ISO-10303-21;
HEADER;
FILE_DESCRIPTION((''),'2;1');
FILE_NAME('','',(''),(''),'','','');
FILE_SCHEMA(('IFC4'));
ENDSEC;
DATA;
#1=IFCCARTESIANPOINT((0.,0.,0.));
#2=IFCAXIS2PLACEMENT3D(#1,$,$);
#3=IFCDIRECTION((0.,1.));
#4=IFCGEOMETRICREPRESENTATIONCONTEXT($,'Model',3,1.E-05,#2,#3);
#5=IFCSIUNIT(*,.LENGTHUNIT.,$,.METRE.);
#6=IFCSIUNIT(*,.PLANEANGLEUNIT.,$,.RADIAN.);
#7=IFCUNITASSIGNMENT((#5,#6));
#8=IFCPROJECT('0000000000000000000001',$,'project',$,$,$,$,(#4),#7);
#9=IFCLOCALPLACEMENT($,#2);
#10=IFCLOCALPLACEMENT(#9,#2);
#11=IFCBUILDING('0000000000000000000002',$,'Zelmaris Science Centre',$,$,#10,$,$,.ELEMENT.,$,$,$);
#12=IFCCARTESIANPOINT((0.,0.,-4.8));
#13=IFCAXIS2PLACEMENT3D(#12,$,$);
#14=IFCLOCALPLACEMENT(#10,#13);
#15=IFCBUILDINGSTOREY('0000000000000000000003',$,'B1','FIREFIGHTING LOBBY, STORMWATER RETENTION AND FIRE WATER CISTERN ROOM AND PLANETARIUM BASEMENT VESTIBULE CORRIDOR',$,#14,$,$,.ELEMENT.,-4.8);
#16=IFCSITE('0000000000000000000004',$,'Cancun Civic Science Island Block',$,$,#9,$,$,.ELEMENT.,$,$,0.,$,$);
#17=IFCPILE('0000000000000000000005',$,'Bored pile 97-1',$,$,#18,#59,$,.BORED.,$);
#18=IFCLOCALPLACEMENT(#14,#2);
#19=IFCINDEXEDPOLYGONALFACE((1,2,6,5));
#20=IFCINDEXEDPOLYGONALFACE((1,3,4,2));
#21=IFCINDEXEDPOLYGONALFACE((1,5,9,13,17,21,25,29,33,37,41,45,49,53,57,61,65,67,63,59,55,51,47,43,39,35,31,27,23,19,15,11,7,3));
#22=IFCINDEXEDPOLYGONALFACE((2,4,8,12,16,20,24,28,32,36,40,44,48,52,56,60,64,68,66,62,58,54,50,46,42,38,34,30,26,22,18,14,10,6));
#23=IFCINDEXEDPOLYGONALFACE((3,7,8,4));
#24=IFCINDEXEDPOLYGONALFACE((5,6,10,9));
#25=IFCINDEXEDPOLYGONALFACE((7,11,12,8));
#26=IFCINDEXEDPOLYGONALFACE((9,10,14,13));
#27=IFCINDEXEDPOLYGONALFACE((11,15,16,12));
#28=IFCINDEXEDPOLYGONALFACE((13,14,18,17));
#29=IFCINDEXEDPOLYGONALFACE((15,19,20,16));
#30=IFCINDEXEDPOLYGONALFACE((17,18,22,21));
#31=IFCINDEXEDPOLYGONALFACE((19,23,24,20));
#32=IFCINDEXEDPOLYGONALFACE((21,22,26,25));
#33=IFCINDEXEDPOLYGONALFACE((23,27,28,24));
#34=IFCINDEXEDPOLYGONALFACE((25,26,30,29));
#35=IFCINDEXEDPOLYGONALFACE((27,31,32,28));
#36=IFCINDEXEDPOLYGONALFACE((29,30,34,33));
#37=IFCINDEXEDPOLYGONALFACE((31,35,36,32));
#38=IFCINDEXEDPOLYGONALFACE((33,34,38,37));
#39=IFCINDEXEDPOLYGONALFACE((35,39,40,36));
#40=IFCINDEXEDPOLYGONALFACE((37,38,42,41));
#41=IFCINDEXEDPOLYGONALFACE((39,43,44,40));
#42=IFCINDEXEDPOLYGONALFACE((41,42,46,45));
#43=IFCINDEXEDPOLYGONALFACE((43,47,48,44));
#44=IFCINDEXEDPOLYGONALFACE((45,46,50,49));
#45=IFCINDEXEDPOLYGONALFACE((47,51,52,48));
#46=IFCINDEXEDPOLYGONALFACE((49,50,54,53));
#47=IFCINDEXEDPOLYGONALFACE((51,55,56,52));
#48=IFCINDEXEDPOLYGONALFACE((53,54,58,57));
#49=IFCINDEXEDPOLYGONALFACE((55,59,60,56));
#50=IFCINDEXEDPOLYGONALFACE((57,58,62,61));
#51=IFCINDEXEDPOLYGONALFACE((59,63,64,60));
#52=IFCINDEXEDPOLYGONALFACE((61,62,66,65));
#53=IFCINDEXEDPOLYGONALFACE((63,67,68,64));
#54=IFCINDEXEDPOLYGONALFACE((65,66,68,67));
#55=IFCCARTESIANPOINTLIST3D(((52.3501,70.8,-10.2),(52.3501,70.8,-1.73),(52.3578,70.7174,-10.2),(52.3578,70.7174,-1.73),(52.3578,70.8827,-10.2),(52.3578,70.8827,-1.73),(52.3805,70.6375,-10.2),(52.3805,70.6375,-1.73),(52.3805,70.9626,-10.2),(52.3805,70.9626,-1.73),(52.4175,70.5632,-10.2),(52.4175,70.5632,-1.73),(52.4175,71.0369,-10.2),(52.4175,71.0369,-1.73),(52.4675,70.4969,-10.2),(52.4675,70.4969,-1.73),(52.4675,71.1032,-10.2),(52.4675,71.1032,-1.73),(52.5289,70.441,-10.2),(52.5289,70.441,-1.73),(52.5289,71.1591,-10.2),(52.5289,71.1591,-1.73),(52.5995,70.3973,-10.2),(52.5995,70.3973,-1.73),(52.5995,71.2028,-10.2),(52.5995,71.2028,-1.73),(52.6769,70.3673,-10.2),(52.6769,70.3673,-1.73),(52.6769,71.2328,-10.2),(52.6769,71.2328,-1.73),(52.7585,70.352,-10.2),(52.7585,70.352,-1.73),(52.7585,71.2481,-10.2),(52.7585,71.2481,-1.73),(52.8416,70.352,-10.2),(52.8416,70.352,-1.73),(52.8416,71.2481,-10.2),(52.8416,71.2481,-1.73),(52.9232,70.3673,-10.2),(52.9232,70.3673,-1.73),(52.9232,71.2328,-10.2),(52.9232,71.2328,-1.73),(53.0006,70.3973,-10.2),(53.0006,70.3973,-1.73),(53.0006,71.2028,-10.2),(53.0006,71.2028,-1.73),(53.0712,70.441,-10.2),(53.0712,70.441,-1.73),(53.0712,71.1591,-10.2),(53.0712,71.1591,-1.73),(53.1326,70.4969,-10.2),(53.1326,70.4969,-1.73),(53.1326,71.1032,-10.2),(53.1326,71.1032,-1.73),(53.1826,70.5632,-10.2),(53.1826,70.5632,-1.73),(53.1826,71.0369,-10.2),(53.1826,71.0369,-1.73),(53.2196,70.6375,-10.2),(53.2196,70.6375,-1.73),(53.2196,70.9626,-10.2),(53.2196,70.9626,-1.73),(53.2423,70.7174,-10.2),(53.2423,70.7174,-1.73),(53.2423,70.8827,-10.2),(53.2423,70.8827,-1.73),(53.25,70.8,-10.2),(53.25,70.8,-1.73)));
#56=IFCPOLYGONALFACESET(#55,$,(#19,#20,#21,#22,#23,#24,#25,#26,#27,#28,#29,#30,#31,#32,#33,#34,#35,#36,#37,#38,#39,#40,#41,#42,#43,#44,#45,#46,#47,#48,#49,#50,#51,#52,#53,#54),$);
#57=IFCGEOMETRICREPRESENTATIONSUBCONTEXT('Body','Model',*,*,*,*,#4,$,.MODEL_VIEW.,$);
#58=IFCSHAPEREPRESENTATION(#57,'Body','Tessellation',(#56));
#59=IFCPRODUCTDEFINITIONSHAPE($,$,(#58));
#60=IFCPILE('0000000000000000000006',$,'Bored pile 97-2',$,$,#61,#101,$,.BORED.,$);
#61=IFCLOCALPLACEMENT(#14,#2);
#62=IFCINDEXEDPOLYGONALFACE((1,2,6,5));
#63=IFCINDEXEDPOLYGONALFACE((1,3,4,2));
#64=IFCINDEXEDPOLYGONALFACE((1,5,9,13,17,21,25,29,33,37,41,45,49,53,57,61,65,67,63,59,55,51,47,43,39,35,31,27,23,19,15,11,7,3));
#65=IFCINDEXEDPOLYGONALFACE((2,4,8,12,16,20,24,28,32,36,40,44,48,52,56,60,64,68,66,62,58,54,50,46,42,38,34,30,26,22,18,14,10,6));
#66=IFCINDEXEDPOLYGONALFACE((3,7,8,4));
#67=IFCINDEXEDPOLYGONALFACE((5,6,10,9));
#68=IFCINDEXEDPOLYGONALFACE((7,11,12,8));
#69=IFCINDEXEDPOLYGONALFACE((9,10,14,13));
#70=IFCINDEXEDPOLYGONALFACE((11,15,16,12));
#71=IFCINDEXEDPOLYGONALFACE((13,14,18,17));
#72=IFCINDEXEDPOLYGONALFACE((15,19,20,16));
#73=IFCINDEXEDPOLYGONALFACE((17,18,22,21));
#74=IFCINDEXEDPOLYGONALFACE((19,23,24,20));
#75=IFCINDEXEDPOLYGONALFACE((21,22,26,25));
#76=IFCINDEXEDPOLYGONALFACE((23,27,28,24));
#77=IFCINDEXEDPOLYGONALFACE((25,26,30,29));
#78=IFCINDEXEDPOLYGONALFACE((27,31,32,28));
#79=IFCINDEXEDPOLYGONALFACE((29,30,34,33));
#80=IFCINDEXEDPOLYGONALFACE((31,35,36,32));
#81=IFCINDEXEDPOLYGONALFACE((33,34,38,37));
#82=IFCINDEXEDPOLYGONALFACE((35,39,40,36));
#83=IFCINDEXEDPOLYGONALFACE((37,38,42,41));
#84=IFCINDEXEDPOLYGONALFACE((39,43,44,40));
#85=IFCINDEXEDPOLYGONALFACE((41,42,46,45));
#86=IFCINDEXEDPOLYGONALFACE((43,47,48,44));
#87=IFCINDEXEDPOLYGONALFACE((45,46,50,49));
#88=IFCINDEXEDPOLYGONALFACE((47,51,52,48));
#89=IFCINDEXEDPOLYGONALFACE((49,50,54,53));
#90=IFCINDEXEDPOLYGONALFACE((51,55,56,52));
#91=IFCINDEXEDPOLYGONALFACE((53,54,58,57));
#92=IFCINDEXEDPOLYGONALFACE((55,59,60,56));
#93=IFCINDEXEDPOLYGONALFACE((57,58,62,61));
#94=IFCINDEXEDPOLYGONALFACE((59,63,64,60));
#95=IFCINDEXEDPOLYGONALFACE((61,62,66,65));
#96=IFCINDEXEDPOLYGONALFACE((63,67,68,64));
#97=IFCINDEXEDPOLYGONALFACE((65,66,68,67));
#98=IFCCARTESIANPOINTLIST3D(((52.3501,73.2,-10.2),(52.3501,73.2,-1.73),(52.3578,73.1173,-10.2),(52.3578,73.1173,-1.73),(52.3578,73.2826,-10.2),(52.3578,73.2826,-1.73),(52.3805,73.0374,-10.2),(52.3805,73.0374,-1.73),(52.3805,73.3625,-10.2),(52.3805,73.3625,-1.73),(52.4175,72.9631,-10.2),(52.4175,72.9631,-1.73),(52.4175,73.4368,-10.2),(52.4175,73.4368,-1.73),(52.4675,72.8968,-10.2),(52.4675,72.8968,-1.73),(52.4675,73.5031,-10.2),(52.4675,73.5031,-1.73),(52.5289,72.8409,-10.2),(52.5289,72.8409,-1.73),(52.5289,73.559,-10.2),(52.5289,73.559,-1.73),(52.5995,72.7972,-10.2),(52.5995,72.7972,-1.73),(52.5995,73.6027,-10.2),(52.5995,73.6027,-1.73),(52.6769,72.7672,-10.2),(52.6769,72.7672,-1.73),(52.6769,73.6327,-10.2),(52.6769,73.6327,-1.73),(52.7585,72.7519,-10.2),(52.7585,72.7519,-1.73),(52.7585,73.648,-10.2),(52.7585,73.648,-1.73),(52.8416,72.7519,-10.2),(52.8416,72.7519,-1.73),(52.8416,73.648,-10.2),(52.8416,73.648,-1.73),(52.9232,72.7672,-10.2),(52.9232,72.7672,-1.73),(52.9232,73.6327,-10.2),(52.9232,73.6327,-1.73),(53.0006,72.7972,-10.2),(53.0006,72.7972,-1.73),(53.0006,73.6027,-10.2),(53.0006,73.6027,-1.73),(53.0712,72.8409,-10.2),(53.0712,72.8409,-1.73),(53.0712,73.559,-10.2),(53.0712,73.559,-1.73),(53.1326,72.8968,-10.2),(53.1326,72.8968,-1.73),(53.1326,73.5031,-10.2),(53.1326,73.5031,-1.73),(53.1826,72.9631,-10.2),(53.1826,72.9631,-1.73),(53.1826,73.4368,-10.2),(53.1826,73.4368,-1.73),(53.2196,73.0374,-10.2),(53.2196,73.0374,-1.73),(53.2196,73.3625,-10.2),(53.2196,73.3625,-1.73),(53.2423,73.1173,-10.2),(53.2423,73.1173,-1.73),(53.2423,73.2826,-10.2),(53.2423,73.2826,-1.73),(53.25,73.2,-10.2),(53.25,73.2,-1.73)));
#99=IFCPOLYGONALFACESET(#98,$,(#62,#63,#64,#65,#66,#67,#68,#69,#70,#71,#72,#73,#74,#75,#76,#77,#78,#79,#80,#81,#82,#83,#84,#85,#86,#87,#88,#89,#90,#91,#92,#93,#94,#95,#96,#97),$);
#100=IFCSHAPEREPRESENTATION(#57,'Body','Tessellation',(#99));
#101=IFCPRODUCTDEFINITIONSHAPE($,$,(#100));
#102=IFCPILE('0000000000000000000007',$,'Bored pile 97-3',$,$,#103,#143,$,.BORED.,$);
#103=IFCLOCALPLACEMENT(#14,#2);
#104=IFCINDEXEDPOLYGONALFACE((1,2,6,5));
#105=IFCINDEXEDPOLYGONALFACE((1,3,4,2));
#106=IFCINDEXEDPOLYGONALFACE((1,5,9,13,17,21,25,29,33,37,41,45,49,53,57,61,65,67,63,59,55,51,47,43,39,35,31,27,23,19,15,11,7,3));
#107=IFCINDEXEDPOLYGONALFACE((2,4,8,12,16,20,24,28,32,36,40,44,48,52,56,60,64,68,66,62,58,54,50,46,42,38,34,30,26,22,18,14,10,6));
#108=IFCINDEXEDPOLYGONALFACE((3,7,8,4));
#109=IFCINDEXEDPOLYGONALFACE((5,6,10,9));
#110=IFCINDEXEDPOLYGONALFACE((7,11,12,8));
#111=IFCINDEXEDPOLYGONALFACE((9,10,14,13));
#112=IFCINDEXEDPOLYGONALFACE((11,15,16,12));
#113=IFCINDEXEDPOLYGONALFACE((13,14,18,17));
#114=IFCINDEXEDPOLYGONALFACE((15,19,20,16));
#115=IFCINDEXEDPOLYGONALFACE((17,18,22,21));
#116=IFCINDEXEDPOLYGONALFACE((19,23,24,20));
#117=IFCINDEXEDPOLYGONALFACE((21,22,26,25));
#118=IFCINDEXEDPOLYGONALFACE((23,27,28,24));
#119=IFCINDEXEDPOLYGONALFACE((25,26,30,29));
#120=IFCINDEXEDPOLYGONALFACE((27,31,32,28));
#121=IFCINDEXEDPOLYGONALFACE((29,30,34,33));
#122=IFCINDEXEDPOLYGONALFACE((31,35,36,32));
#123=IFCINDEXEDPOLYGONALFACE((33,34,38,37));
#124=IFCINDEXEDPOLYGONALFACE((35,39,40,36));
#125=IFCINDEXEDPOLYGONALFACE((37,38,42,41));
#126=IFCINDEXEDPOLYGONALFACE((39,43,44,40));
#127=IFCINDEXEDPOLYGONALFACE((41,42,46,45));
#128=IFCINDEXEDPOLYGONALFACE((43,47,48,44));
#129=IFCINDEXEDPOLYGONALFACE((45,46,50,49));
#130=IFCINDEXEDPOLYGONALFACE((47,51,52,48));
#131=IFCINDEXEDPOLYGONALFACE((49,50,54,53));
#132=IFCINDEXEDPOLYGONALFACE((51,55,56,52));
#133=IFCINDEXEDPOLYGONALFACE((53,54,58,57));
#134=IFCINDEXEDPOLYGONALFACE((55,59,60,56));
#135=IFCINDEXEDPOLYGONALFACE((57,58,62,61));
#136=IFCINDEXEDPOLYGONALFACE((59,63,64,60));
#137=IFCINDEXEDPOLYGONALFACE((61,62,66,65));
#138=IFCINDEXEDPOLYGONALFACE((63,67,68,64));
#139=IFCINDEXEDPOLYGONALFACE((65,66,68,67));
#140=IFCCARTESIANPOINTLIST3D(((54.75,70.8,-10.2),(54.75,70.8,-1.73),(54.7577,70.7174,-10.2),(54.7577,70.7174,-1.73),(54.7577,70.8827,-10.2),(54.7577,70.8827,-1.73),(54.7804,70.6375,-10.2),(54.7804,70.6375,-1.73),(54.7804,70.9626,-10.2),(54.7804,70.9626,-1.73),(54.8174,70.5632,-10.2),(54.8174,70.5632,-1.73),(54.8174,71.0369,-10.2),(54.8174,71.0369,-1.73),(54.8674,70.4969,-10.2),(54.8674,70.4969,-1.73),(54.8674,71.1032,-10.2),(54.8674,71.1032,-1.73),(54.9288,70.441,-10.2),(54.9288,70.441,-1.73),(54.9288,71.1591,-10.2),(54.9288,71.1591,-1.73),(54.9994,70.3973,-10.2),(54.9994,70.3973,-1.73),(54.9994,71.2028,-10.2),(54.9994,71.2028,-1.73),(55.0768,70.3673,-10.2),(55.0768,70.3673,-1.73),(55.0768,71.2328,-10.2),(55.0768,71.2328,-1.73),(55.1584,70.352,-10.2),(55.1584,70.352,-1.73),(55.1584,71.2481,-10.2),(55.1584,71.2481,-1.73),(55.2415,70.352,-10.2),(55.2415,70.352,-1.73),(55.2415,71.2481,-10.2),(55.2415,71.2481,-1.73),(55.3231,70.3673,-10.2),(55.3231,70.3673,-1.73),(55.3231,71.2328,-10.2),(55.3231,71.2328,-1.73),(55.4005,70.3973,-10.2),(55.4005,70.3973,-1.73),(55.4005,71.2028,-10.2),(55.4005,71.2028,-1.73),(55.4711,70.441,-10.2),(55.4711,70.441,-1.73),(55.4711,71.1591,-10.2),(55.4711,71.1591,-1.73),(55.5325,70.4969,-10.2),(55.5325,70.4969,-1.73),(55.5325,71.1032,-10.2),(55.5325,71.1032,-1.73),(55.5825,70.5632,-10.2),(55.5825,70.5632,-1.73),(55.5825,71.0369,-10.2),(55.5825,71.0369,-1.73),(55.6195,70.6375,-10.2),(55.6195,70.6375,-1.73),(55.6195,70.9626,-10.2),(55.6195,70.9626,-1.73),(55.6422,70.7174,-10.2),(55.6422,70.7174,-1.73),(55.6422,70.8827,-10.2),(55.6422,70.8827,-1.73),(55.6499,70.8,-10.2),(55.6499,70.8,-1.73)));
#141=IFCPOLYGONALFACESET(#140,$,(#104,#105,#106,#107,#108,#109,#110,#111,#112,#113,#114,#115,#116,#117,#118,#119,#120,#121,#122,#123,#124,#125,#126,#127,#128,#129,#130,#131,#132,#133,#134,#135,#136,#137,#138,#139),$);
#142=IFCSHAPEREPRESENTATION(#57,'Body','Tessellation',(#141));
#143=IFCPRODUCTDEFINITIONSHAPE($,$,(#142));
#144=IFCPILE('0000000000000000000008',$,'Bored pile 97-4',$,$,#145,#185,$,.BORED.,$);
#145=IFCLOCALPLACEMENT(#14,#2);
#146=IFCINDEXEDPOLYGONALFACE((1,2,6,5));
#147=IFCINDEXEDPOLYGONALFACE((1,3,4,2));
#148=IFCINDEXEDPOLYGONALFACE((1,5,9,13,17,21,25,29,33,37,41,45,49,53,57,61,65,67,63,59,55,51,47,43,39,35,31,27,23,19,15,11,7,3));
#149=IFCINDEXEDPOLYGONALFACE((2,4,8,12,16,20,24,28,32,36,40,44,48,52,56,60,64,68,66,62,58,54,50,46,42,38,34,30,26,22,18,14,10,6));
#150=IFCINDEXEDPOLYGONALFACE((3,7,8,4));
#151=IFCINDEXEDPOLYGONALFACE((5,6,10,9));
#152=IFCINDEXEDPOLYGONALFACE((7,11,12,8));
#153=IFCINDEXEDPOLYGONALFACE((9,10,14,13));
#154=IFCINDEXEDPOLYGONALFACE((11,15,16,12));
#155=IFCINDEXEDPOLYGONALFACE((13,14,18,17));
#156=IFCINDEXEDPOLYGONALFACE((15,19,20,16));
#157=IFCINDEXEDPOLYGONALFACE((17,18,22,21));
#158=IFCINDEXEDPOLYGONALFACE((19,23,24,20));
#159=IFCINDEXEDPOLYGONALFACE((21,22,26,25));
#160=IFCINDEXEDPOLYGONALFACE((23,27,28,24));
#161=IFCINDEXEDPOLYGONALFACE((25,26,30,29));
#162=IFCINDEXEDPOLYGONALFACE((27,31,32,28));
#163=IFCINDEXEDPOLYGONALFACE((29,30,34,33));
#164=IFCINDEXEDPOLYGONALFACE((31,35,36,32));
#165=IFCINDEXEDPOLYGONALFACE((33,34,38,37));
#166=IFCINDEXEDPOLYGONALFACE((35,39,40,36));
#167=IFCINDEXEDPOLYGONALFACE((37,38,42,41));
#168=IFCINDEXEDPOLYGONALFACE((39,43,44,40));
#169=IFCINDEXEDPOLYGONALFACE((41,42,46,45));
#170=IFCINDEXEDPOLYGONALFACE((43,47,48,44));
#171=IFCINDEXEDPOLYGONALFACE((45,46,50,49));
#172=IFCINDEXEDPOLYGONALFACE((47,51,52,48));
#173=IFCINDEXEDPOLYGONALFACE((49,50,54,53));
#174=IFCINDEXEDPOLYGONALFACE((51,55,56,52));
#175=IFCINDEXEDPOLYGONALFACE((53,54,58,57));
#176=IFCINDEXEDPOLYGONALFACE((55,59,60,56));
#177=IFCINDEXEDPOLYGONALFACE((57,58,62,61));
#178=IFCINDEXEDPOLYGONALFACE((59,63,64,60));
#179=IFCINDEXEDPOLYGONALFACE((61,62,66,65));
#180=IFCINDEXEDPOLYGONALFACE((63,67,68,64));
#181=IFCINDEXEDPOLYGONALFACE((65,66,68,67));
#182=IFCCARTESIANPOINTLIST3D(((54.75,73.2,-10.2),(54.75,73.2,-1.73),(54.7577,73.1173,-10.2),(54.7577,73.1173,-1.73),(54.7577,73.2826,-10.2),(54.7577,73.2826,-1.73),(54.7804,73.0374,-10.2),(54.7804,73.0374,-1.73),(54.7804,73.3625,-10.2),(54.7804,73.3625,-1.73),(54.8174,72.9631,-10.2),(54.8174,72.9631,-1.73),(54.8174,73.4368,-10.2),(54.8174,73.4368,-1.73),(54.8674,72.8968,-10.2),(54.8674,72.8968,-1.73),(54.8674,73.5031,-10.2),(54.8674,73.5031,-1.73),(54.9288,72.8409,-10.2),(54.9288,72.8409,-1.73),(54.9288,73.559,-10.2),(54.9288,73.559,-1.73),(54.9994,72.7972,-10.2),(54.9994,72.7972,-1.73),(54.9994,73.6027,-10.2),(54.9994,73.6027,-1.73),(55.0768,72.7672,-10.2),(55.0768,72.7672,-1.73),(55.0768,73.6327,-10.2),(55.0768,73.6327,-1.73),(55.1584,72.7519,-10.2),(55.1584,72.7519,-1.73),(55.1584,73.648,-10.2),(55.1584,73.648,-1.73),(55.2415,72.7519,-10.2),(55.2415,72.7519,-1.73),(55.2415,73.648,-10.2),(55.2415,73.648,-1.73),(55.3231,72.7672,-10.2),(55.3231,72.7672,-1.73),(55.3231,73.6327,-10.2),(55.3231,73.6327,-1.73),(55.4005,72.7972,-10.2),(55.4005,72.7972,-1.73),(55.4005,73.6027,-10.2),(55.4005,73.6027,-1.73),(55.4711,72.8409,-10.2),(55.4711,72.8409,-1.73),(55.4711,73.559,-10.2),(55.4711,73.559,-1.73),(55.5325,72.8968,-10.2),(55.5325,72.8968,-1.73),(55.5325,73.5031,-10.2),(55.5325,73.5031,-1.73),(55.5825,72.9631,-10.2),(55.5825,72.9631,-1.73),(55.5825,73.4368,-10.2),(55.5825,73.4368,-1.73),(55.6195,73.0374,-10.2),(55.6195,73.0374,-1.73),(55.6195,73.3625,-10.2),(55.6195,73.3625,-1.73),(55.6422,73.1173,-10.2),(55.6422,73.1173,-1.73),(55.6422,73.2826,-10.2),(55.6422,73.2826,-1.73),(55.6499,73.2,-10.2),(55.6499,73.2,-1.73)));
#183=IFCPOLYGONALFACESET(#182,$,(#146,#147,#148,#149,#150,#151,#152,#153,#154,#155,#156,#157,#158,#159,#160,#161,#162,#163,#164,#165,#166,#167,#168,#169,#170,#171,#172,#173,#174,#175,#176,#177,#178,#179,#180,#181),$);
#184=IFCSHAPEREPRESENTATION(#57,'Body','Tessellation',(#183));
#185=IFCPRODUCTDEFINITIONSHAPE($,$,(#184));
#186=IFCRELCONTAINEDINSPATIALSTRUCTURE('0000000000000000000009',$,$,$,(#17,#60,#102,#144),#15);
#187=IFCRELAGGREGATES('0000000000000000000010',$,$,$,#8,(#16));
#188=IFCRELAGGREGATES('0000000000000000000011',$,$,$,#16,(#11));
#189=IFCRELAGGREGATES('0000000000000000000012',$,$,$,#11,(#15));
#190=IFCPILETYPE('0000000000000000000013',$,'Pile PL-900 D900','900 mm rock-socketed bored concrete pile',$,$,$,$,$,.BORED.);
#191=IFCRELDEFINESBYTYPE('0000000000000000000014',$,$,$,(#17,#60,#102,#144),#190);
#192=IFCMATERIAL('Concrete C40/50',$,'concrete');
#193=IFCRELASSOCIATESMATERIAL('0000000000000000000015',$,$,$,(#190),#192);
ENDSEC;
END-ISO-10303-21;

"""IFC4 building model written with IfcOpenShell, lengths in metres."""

from ifc_helpers import new_model, si_unit, direction, frame, origin, origin_2d, place, context, subcontext, project, spatial, circle, extrude, material, material_profile, profile_set, type_object, element, save


model = new_model("IFC4")

# Units and contexts
model_context = context("Model", 3, precision=1e-05, world=origin(), true_north=direction((0.0, 1.0)))
body_context = subcontext(model_context, "Body", "Model", "MODEL_VIEW")
ifc_project = project(units=[si_unit("LENGTHUNIT", "METRE"), si_unit("PLANEANGLEUNIT", "RADIAN")], contexts=[model_context])

# Site, building, storey
site_placement = place(None, origin())
site = spatial("IfcSite", under=ifc_project, at=site_placement, Name="Cancun Civic Science Island Block", CompositionType="ELEMENT", RefElevation=0.0)
building_placement = place(site_placement, origin())
building = spatial("IfcBuilding", under=site, at=building_placement, Name="Zelmaris Science Centre", CompositionType="ELEMENT")
storey_placement = place(building_placement, frame((0.0, 0.0, -4.8)))
storey = spatial("IfcBuildingStorey", under=building, at=storey_placement, Name="B1", Description="FIREFIGHTING LOBBY, STORMWATER RETENTION AND FIRE WATER CISTERN ROOM AND PLANETARIUM BASEMENT VESTIBULE CORRIDOR", CompositionType="ELEMENT", Elevation=-4.8)

# Shared definitions
ifc_material_1 = material(Name="Concrete C40/50", Category="concrete")

# Piles
ifc_material_profile_1 = material_profile(ifc_material_1, circle(Radius=0.45, at=origin_2d()), Name="PILE-900")
ifc_profile_set_1 = profile_set([ifc_material_profile_1], Name="Concrete C40/50")
pile_type_1 = type_object("IfcPileType", Name="Pile PL-900 D900", Description="900 mm rock-socketed bored concrete pile", PredefinedType="BORED", material=ifc_profile_set_1)
for number, where, z_axis, x_axis, name in (
    (1, (52.8, 70.8, -1.73), (0.0, 0.0, -1.0), (1.0, 0.0, 0.0), "Bored pile 97-1"),
    (2, (52.8, 73.2, -1.73), (0.0, 0.0, -1.0), (1.0, 0.0, 0.0), "Bored pile 97-2"),
    (3, (55.2, 70.8, -1.73), (0.0, 0.0, -1.0), (1.0, 0.0, 0.0), "Bored pile 97-3"),
    (4, (55.2, 73.2, -1.73), (0.0, 0.0, -1.0), (1.0, 0.0, 0.0), "Bored pile 97-4"),
):
    element("IfcPile", number, at=place(storey_placement, frame(where, z_axis=z_axis, x_axis=x_axis)), inside=storey, type_object=pile_type_1, Name=name, PredefinedType="BORED", context=body_context, shape_type="SweptSolid", body=[
        extrude(circle(Radius=0.45, at=origin_2d()), origin(), (0.0, 0.0, 1.0), 8.47),
    ])

save(model, "model.ifc")
